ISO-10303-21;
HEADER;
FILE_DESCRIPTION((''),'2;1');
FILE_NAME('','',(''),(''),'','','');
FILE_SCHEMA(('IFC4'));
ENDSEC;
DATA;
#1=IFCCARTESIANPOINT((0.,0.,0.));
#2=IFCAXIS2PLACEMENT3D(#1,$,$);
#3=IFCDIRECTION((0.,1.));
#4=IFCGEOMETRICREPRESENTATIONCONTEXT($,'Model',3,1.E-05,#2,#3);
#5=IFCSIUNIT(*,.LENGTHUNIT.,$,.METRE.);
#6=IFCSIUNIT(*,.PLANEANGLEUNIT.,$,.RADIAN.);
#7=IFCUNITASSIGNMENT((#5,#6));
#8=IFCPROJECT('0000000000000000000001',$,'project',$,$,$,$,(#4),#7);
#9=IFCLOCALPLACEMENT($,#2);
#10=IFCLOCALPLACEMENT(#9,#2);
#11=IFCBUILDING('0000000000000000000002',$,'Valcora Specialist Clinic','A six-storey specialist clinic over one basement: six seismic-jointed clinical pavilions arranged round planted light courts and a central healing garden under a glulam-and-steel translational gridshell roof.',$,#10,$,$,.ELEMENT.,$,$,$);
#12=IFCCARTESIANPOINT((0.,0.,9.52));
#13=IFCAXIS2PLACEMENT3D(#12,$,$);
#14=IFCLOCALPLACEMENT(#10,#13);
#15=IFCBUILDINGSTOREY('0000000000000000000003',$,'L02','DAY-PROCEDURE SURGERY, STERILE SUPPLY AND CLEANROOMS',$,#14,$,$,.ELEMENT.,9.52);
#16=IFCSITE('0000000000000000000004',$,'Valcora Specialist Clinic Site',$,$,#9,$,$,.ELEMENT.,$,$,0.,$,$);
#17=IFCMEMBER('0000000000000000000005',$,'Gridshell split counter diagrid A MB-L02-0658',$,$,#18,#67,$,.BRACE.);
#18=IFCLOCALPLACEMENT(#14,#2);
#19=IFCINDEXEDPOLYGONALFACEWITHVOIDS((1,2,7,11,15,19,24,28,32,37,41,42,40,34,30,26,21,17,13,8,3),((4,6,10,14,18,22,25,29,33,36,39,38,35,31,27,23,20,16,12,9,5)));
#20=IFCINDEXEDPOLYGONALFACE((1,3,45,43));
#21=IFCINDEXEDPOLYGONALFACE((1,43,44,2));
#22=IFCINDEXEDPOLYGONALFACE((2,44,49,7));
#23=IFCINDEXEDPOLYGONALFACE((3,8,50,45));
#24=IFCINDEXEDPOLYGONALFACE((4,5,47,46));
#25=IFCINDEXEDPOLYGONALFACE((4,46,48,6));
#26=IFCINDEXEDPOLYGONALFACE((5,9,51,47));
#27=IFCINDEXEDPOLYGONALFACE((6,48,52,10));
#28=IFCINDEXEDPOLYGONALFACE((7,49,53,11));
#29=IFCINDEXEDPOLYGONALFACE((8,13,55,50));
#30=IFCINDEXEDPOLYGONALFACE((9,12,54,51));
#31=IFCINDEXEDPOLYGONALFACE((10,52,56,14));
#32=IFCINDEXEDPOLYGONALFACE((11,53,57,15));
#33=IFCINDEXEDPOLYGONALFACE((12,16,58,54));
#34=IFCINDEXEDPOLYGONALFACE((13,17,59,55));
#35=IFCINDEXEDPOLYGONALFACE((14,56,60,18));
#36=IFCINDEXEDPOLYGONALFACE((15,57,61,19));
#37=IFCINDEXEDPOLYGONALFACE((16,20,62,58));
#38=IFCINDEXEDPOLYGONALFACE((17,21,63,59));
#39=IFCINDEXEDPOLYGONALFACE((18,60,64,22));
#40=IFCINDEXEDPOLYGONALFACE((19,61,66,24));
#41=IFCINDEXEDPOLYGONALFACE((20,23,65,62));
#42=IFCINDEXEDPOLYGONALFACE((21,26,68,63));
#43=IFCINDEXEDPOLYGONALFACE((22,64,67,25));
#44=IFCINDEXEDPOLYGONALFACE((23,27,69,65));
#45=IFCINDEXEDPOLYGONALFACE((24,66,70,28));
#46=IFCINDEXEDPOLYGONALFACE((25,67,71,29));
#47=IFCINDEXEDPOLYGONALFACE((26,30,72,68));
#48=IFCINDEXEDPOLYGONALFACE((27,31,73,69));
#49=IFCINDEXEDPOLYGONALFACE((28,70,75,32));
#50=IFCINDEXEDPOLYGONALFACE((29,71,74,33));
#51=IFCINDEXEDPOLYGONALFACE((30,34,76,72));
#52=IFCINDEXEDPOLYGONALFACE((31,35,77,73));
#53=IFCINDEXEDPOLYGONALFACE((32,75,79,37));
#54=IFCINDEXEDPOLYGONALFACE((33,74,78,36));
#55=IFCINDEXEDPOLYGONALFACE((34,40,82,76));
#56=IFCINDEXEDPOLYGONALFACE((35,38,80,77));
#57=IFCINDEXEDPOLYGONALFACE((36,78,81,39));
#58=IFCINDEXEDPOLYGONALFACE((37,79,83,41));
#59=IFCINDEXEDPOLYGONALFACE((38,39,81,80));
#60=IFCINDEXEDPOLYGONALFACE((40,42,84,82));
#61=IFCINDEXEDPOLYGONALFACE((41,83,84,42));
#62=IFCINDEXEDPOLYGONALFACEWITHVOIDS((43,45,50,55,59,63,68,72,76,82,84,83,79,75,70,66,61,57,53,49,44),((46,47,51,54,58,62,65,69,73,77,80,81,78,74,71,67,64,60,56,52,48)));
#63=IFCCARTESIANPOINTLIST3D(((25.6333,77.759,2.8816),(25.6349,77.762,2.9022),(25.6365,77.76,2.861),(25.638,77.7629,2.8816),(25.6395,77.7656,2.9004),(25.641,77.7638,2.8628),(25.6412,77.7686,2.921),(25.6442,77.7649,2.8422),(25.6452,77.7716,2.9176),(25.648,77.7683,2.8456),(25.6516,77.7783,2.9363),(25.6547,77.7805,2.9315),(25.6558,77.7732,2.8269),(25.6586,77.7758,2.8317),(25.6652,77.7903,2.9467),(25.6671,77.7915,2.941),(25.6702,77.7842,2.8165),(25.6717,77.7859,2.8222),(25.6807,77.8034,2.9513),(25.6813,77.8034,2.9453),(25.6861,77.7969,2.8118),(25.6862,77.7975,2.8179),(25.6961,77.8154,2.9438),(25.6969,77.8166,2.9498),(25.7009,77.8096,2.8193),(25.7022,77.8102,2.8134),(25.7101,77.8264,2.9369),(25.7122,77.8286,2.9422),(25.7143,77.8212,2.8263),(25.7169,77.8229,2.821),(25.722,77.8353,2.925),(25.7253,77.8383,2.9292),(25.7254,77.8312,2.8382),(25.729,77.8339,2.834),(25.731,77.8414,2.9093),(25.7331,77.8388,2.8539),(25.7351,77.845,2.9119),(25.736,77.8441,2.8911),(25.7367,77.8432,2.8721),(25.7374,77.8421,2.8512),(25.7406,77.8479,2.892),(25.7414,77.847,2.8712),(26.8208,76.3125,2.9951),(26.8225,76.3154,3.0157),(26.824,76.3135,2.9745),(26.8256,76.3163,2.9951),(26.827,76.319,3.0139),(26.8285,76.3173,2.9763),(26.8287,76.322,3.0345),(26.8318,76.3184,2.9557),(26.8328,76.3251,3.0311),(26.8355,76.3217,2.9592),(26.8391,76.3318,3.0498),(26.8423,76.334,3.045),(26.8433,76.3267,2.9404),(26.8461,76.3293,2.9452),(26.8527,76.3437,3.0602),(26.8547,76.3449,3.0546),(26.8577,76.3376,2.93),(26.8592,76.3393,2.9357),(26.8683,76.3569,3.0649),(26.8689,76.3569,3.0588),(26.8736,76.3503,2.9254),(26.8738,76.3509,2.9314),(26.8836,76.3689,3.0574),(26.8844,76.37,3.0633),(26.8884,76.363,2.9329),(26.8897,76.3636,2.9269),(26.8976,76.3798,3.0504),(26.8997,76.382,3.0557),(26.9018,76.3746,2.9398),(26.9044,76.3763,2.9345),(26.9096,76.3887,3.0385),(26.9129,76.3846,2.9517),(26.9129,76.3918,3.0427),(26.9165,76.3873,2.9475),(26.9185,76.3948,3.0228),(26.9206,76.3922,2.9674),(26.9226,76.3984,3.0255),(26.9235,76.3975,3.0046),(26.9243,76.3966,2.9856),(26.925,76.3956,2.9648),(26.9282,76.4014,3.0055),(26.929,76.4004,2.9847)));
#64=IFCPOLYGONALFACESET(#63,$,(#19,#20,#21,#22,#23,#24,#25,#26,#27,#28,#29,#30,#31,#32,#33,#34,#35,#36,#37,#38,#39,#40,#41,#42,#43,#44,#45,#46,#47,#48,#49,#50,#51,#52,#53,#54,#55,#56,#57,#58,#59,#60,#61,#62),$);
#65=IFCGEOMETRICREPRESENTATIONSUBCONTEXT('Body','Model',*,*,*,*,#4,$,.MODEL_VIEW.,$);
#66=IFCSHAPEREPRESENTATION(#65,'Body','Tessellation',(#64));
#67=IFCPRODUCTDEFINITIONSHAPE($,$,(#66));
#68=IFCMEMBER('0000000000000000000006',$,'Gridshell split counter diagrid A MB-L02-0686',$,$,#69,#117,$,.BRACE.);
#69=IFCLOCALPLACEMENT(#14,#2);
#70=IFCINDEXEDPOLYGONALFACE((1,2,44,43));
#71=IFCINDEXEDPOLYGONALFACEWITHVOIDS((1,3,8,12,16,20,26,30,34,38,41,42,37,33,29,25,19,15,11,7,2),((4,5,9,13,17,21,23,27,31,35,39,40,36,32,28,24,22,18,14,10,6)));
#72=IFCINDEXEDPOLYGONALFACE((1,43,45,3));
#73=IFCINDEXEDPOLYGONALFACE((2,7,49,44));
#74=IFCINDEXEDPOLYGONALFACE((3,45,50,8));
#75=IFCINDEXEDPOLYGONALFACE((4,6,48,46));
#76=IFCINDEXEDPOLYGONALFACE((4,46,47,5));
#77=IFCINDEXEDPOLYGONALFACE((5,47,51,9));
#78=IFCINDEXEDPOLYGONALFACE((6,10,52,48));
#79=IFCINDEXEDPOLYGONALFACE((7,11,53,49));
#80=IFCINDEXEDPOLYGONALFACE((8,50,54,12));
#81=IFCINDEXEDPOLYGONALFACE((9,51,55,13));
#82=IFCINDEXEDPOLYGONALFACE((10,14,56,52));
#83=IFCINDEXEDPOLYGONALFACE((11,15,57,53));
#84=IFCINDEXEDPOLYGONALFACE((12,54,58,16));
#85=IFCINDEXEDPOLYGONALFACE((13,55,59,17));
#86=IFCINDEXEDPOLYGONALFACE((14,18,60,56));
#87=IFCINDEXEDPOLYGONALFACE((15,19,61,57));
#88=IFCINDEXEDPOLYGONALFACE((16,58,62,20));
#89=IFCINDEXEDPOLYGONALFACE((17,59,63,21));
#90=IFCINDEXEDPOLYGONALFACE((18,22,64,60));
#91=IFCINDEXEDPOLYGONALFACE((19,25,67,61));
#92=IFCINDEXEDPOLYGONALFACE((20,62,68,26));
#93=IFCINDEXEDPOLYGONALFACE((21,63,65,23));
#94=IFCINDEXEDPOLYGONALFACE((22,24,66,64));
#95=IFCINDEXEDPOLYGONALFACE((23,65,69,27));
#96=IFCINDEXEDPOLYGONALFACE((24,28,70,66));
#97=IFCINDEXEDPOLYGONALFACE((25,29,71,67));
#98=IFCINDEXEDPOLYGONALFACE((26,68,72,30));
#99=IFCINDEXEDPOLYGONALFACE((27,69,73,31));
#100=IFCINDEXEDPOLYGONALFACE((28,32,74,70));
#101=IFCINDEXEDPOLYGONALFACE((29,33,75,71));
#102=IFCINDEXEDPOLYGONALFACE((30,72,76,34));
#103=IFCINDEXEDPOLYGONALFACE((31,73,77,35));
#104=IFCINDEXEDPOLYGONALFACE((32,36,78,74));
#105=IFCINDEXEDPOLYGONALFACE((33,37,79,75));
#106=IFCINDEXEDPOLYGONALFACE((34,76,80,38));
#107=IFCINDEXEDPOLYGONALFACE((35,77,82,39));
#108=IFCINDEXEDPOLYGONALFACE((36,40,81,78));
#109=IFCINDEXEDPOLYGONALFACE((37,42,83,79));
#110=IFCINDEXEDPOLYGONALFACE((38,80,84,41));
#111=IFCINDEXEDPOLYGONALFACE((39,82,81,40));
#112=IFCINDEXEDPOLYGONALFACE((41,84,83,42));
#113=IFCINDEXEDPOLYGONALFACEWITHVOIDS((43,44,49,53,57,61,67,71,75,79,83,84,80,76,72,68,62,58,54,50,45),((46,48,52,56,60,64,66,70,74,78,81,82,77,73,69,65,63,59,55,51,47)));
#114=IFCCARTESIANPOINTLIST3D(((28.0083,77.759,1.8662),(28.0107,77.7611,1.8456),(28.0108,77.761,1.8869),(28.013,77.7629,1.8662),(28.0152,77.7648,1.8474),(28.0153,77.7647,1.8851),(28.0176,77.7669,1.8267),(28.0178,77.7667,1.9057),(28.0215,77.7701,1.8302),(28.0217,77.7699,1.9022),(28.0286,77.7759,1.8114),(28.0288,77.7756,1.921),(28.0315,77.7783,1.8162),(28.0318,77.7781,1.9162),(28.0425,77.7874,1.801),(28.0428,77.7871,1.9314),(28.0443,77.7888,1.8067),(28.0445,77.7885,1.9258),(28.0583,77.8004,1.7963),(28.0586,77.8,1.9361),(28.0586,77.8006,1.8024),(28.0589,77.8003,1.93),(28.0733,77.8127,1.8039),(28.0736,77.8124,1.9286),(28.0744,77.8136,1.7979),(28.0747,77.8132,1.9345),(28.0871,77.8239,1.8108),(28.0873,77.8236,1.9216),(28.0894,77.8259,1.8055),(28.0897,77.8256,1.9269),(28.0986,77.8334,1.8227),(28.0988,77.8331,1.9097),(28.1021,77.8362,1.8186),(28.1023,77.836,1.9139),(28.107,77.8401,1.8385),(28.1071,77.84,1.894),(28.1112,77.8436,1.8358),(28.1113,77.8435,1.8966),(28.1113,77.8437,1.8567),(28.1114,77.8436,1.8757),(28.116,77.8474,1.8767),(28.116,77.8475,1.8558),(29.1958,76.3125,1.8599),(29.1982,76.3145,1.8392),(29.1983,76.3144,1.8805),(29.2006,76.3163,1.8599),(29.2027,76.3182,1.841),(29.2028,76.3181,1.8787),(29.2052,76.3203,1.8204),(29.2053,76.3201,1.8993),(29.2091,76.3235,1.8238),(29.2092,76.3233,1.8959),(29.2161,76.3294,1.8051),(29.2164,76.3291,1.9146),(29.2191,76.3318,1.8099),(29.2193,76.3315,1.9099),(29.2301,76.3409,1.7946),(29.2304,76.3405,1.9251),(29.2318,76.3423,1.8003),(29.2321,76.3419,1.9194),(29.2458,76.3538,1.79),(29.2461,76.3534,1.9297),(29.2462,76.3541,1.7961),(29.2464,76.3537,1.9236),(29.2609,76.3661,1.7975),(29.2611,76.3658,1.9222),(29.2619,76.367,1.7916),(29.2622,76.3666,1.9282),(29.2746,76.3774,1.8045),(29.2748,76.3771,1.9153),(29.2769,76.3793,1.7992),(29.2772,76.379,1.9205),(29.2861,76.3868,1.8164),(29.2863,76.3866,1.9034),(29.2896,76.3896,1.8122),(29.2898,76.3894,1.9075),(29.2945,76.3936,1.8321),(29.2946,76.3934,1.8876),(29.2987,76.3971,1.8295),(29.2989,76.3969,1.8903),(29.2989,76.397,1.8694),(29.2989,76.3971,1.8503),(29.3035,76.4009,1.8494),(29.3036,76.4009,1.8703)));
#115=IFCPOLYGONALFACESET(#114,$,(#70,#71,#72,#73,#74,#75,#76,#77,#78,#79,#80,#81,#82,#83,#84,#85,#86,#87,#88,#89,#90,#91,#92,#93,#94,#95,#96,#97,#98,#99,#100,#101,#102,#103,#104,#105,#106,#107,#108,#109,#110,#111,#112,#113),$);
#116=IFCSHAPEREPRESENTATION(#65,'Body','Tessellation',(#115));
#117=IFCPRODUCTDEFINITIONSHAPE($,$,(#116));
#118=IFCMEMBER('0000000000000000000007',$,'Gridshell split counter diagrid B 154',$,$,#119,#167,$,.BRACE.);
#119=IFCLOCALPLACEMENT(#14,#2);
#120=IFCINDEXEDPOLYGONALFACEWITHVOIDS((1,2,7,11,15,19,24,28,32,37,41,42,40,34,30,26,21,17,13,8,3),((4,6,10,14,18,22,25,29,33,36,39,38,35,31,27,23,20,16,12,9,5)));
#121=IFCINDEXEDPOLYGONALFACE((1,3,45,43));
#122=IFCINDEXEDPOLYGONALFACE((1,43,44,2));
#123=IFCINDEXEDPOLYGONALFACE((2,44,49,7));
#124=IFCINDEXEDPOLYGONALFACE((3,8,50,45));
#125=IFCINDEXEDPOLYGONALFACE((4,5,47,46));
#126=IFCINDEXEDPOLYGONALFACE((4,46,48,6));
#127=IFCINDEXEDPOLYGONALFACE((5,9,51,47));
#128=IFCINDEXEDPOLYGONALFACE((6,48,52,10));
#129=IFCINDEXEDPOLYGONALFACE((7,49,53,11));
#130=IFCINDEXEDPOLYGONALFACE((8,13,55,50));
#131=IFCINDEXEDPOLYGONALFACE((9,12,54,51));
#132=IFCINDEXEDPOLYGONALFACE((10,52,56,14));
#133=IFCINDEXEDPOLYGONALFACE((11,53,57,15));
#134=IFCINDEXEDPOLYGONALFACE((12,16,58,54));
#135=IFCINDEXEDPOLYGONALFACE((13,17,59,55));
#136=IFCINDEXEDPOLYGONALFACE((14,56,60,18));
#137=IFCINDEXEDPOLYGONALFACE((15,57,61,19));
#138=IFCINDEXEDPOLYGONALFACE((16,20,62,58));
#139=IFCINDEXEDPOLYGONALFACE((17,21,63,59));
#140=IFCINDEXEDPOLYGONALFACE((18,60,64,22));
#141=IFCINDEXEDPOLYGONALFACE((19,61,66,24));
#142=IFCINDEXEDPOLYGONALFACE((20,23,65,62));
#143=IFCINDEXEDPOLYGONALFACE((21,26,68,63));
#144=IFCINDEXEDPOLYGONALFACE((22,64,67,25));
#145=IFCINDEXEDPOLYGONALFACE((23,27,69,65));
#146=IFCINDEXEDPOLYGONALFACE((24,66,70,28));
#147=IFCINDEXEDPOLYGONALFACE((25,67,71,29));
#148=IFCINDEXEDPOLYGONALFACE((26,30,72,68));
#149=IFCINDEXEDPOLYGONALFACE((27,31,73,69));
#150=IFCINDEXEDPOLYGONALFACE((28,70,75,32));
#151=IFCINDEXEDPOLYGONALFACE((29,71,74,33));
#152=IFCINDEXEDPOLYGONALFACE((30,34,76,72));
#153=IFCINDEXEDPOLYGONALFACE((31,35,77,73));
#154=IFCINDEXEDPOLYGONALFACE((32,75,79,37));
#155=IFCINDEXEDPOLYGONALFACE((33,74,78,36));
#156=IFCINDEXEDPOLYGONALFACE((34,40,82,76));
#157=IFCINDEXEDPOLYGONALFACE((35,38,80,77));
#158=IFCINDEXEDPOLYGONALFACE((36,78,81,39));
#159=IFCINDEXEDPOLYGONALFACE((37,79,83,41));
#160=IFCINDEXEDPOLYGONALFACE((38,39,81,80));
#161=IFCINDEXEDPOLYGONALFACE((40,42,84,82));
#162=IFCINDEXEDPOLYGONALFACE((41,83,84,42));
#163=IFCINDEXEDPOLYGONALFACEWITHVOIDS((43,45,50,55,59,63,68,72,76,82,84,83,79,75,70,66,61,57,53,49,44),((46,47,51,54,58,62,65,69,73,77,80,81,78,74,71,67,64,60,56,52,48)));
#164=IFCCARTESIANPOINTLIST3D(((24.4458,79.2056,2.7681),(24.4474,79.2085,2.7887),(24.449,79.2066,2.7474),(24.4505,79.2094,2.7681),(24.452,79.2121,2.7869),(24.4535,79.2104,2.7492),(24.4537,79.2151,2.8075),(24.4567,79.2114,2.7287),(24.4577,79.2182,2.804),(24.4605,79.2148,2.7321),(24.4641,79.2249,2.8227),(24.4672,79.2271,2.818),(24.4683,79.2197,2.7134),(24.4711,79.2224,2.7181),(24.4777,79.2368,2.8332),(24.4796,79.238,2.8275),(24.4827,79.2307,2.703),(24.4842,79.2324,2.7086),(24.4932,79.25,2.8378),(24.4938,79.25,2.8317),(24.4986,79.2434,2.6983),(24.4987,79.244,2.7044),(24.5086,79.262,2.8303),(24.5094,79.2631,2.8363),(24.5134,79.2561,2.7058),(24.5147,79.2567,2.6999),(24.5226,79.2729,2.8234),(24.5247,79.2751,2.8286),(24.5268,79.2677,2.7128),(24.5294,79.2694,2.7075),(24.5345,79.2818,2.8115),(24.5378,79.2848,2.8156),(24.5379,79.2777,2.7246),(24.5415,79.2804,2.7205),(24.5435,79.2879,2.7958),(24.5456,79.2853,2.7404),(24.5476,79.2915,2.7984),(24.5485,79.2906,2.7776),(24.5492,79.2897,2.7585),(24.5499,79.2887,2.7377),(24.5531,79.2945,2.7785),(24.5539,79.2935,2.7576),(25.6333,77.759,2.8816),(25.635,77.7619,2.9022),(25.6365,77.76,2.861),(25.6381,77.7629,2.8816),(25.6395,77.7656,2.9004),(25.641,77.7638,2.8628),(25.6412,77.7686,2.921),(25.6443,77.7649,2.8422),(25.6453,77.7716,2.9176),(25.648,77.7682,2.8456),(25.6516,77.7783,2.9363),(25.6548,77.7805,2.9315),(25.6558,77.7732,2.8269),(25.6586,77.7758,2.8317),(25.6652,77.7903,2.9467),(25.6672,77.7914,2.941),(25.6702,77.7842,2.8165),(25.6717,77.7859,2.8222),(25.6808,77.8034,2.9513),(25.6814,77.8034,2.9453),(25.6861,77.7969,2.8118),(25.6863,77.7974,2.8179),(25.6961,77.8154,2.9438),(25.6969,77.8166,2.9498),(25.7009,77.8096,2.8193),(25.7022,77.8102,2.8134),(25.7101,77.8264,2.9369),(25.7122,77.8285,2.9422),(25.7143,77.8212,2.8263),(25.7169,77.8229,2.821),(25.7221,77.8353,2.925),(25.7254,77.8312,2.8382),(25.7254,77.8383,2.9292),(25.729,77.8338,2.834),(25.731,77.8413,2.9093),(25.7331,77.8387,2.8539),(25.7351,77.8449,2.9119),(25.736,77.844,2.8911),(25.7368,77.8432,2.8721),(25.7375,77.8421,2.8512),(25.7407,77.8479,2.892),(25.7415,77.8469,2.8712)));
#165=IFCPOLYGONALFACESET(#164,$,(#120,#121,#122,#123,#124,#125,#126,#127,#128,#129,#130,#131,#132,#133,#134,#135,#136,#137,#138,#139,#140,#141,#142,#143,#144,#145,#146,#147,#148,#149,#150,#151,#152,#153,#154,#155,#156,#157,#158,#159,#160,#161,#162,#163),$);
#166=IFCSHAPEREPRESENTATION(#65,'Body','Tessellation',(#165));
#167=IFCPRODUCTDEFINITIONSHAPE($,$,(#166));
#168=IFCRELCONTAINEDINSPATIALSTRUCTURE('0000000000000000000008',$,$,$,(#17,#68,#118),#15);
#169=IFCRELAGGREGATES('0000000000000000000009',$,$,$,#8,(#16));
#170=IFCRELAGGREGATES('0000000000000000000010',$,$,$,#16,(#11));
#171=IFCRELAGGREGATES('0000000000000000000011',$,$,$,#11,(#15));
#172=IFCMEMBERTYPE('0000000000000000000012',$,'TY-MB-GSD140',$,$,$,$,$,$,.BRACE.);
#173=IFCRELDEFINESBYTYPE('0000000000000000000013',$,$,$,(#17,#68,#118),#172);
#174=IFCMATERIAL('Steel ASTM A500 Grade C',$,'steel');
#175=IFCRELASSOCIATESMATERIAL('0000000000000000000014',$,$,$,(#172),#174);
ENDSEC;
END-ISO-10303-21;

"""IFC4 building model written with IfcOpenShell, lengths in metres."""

from ifc_helpers import new_model, si_unit, direction, frame, origin, origin_2d, place, context, subcontext, project, spatial, hollow_circle, extrude, material, material_profile, profile_set, type_object, element, save


model = new_model("IFC4")

# Units and contexts
model_context = context("Model", 3, precision=1e-05, world=origin(), true_north=direction((0.0, 1.0)))
body_context = subcontext(model_context, "Body", "Model", "MODEL_VIEW")
ifc_project = project(units=[si_unit("LENGTHUNIT", "METRE"), si_unit("PLANEANGLEUNIT", "RADIAN")], contexts=[model_context])

# Site, building, storey
site_placement = place(None, origin())
site = spatial("IfcSite", under=ifc_project, at=site_placement, Name="Valcora Specialist Clinic Site", CompositionType="ELEMENT", RefElevation=0.0)
building_placement = place(site_placement, origin())
building = spatial("IfcBuilding", under=site, at=building_placement, Name="Valcora Specialist Clinic", Description="A six-storey specialist clinic over one basement: six seismic-jointed clinical pavilions arranged round planted light courts and a central healing garden under a glulam-and-steel translational gridshell roof.", CompositionType="ELEMENT")
storey_placement = place(building_placement, frame((0.0, 0.0, 9.52)))
storey = spatial("IfcBuildingStorey", under=building, at=storey_placement, Name="L02", Description="DAY-PROCEDURE SURGERY, STERILE SUPPLY AND CLEANROOMS", CompositionType="ELEMENT", Elevation=9.52)

# Members
ifc_material_1 = material(Name="Steel ASTM A500 Grade C", Category="steel")
ifc_material_profile_1 = material_profile(ifc_material_1, hollow_circle(Radius=0.0701, WallThickness=0.0061, at=origin_2d()), Name="ST-CHS-140X6")
ifc_profile_set_1 = profile_set([ifc_material_profile_1], Name="Steel ASTM A500 Grade C")
member_type_1 = type_object("IfcMemberType", Name="TY-MB-GSD140", PredefinedType="BRACE", material=ifc_profile_set_1)
member_1_placement = place(storey_placement, frame((26.875, 76.3569, 2.9951), z_axis=(-0.633344, 0.771498, -0.060548), x_axis=(-0.772916, -0.634508, 0.0)))
element("IfcMember", 1, at=member_1_placement, inside=storey, type_object=member_type_1, Name="Gridshell split counter diagrid A MB-L02-0658", PredefinedType="BRACE", context=body_context, shape_type="SweptSolid", body=[
    extrude(hollow_circle(Radius=0.0701, WallThickness=0.0061, at=origin_2d()), origin(), (0.0, 0.0, 1.0), 1.875),
])
member_2_placement = place(storey_placement, frame((29.25, 76.3569, 1.8599), z_axis=(-0.634505, 0.772911, 0.003392), x_axis=(-0.772916, -0.634508, 0.0)))
element("IfcMember", 2, at=member_2_placement, inside=storey, type_object=member_type_1, Name="Gridshell split counter diagrid A MB-L02-0686", PredefinedType="BRACE", context=body_context, shape_type="SweptSolid", body=[
    extrude(hollow_circle(Radius=0.0701, WallThickness=0.0061, at=origin_2d()), origin(), (0.0, 0.0, 1.0), 1.8716),
])
member_3_placement = place(storey_placement, frame((25.6875, 77.8035, 2.8816), z_axis=(-0.633344, 0.771498, -0.060548), x_axis=(-0.772916, -0.634508, 0.0)))
element("IfcMember", 3, at=member_3_placement, inside=storey, type_object=member_type_1, Name="Gridshell split counter diagrid B 154", PredefinedType="BRACE", context=body_context, shape_type="SweptSolid", body=[
    extrude(hollow_circle(Radius=0.0701, WallThickness=0.0061, at=origin_2d()), origin(), (0.0, 0.0, 1.0), 1.875),
])

save(model, "model.ifc")
